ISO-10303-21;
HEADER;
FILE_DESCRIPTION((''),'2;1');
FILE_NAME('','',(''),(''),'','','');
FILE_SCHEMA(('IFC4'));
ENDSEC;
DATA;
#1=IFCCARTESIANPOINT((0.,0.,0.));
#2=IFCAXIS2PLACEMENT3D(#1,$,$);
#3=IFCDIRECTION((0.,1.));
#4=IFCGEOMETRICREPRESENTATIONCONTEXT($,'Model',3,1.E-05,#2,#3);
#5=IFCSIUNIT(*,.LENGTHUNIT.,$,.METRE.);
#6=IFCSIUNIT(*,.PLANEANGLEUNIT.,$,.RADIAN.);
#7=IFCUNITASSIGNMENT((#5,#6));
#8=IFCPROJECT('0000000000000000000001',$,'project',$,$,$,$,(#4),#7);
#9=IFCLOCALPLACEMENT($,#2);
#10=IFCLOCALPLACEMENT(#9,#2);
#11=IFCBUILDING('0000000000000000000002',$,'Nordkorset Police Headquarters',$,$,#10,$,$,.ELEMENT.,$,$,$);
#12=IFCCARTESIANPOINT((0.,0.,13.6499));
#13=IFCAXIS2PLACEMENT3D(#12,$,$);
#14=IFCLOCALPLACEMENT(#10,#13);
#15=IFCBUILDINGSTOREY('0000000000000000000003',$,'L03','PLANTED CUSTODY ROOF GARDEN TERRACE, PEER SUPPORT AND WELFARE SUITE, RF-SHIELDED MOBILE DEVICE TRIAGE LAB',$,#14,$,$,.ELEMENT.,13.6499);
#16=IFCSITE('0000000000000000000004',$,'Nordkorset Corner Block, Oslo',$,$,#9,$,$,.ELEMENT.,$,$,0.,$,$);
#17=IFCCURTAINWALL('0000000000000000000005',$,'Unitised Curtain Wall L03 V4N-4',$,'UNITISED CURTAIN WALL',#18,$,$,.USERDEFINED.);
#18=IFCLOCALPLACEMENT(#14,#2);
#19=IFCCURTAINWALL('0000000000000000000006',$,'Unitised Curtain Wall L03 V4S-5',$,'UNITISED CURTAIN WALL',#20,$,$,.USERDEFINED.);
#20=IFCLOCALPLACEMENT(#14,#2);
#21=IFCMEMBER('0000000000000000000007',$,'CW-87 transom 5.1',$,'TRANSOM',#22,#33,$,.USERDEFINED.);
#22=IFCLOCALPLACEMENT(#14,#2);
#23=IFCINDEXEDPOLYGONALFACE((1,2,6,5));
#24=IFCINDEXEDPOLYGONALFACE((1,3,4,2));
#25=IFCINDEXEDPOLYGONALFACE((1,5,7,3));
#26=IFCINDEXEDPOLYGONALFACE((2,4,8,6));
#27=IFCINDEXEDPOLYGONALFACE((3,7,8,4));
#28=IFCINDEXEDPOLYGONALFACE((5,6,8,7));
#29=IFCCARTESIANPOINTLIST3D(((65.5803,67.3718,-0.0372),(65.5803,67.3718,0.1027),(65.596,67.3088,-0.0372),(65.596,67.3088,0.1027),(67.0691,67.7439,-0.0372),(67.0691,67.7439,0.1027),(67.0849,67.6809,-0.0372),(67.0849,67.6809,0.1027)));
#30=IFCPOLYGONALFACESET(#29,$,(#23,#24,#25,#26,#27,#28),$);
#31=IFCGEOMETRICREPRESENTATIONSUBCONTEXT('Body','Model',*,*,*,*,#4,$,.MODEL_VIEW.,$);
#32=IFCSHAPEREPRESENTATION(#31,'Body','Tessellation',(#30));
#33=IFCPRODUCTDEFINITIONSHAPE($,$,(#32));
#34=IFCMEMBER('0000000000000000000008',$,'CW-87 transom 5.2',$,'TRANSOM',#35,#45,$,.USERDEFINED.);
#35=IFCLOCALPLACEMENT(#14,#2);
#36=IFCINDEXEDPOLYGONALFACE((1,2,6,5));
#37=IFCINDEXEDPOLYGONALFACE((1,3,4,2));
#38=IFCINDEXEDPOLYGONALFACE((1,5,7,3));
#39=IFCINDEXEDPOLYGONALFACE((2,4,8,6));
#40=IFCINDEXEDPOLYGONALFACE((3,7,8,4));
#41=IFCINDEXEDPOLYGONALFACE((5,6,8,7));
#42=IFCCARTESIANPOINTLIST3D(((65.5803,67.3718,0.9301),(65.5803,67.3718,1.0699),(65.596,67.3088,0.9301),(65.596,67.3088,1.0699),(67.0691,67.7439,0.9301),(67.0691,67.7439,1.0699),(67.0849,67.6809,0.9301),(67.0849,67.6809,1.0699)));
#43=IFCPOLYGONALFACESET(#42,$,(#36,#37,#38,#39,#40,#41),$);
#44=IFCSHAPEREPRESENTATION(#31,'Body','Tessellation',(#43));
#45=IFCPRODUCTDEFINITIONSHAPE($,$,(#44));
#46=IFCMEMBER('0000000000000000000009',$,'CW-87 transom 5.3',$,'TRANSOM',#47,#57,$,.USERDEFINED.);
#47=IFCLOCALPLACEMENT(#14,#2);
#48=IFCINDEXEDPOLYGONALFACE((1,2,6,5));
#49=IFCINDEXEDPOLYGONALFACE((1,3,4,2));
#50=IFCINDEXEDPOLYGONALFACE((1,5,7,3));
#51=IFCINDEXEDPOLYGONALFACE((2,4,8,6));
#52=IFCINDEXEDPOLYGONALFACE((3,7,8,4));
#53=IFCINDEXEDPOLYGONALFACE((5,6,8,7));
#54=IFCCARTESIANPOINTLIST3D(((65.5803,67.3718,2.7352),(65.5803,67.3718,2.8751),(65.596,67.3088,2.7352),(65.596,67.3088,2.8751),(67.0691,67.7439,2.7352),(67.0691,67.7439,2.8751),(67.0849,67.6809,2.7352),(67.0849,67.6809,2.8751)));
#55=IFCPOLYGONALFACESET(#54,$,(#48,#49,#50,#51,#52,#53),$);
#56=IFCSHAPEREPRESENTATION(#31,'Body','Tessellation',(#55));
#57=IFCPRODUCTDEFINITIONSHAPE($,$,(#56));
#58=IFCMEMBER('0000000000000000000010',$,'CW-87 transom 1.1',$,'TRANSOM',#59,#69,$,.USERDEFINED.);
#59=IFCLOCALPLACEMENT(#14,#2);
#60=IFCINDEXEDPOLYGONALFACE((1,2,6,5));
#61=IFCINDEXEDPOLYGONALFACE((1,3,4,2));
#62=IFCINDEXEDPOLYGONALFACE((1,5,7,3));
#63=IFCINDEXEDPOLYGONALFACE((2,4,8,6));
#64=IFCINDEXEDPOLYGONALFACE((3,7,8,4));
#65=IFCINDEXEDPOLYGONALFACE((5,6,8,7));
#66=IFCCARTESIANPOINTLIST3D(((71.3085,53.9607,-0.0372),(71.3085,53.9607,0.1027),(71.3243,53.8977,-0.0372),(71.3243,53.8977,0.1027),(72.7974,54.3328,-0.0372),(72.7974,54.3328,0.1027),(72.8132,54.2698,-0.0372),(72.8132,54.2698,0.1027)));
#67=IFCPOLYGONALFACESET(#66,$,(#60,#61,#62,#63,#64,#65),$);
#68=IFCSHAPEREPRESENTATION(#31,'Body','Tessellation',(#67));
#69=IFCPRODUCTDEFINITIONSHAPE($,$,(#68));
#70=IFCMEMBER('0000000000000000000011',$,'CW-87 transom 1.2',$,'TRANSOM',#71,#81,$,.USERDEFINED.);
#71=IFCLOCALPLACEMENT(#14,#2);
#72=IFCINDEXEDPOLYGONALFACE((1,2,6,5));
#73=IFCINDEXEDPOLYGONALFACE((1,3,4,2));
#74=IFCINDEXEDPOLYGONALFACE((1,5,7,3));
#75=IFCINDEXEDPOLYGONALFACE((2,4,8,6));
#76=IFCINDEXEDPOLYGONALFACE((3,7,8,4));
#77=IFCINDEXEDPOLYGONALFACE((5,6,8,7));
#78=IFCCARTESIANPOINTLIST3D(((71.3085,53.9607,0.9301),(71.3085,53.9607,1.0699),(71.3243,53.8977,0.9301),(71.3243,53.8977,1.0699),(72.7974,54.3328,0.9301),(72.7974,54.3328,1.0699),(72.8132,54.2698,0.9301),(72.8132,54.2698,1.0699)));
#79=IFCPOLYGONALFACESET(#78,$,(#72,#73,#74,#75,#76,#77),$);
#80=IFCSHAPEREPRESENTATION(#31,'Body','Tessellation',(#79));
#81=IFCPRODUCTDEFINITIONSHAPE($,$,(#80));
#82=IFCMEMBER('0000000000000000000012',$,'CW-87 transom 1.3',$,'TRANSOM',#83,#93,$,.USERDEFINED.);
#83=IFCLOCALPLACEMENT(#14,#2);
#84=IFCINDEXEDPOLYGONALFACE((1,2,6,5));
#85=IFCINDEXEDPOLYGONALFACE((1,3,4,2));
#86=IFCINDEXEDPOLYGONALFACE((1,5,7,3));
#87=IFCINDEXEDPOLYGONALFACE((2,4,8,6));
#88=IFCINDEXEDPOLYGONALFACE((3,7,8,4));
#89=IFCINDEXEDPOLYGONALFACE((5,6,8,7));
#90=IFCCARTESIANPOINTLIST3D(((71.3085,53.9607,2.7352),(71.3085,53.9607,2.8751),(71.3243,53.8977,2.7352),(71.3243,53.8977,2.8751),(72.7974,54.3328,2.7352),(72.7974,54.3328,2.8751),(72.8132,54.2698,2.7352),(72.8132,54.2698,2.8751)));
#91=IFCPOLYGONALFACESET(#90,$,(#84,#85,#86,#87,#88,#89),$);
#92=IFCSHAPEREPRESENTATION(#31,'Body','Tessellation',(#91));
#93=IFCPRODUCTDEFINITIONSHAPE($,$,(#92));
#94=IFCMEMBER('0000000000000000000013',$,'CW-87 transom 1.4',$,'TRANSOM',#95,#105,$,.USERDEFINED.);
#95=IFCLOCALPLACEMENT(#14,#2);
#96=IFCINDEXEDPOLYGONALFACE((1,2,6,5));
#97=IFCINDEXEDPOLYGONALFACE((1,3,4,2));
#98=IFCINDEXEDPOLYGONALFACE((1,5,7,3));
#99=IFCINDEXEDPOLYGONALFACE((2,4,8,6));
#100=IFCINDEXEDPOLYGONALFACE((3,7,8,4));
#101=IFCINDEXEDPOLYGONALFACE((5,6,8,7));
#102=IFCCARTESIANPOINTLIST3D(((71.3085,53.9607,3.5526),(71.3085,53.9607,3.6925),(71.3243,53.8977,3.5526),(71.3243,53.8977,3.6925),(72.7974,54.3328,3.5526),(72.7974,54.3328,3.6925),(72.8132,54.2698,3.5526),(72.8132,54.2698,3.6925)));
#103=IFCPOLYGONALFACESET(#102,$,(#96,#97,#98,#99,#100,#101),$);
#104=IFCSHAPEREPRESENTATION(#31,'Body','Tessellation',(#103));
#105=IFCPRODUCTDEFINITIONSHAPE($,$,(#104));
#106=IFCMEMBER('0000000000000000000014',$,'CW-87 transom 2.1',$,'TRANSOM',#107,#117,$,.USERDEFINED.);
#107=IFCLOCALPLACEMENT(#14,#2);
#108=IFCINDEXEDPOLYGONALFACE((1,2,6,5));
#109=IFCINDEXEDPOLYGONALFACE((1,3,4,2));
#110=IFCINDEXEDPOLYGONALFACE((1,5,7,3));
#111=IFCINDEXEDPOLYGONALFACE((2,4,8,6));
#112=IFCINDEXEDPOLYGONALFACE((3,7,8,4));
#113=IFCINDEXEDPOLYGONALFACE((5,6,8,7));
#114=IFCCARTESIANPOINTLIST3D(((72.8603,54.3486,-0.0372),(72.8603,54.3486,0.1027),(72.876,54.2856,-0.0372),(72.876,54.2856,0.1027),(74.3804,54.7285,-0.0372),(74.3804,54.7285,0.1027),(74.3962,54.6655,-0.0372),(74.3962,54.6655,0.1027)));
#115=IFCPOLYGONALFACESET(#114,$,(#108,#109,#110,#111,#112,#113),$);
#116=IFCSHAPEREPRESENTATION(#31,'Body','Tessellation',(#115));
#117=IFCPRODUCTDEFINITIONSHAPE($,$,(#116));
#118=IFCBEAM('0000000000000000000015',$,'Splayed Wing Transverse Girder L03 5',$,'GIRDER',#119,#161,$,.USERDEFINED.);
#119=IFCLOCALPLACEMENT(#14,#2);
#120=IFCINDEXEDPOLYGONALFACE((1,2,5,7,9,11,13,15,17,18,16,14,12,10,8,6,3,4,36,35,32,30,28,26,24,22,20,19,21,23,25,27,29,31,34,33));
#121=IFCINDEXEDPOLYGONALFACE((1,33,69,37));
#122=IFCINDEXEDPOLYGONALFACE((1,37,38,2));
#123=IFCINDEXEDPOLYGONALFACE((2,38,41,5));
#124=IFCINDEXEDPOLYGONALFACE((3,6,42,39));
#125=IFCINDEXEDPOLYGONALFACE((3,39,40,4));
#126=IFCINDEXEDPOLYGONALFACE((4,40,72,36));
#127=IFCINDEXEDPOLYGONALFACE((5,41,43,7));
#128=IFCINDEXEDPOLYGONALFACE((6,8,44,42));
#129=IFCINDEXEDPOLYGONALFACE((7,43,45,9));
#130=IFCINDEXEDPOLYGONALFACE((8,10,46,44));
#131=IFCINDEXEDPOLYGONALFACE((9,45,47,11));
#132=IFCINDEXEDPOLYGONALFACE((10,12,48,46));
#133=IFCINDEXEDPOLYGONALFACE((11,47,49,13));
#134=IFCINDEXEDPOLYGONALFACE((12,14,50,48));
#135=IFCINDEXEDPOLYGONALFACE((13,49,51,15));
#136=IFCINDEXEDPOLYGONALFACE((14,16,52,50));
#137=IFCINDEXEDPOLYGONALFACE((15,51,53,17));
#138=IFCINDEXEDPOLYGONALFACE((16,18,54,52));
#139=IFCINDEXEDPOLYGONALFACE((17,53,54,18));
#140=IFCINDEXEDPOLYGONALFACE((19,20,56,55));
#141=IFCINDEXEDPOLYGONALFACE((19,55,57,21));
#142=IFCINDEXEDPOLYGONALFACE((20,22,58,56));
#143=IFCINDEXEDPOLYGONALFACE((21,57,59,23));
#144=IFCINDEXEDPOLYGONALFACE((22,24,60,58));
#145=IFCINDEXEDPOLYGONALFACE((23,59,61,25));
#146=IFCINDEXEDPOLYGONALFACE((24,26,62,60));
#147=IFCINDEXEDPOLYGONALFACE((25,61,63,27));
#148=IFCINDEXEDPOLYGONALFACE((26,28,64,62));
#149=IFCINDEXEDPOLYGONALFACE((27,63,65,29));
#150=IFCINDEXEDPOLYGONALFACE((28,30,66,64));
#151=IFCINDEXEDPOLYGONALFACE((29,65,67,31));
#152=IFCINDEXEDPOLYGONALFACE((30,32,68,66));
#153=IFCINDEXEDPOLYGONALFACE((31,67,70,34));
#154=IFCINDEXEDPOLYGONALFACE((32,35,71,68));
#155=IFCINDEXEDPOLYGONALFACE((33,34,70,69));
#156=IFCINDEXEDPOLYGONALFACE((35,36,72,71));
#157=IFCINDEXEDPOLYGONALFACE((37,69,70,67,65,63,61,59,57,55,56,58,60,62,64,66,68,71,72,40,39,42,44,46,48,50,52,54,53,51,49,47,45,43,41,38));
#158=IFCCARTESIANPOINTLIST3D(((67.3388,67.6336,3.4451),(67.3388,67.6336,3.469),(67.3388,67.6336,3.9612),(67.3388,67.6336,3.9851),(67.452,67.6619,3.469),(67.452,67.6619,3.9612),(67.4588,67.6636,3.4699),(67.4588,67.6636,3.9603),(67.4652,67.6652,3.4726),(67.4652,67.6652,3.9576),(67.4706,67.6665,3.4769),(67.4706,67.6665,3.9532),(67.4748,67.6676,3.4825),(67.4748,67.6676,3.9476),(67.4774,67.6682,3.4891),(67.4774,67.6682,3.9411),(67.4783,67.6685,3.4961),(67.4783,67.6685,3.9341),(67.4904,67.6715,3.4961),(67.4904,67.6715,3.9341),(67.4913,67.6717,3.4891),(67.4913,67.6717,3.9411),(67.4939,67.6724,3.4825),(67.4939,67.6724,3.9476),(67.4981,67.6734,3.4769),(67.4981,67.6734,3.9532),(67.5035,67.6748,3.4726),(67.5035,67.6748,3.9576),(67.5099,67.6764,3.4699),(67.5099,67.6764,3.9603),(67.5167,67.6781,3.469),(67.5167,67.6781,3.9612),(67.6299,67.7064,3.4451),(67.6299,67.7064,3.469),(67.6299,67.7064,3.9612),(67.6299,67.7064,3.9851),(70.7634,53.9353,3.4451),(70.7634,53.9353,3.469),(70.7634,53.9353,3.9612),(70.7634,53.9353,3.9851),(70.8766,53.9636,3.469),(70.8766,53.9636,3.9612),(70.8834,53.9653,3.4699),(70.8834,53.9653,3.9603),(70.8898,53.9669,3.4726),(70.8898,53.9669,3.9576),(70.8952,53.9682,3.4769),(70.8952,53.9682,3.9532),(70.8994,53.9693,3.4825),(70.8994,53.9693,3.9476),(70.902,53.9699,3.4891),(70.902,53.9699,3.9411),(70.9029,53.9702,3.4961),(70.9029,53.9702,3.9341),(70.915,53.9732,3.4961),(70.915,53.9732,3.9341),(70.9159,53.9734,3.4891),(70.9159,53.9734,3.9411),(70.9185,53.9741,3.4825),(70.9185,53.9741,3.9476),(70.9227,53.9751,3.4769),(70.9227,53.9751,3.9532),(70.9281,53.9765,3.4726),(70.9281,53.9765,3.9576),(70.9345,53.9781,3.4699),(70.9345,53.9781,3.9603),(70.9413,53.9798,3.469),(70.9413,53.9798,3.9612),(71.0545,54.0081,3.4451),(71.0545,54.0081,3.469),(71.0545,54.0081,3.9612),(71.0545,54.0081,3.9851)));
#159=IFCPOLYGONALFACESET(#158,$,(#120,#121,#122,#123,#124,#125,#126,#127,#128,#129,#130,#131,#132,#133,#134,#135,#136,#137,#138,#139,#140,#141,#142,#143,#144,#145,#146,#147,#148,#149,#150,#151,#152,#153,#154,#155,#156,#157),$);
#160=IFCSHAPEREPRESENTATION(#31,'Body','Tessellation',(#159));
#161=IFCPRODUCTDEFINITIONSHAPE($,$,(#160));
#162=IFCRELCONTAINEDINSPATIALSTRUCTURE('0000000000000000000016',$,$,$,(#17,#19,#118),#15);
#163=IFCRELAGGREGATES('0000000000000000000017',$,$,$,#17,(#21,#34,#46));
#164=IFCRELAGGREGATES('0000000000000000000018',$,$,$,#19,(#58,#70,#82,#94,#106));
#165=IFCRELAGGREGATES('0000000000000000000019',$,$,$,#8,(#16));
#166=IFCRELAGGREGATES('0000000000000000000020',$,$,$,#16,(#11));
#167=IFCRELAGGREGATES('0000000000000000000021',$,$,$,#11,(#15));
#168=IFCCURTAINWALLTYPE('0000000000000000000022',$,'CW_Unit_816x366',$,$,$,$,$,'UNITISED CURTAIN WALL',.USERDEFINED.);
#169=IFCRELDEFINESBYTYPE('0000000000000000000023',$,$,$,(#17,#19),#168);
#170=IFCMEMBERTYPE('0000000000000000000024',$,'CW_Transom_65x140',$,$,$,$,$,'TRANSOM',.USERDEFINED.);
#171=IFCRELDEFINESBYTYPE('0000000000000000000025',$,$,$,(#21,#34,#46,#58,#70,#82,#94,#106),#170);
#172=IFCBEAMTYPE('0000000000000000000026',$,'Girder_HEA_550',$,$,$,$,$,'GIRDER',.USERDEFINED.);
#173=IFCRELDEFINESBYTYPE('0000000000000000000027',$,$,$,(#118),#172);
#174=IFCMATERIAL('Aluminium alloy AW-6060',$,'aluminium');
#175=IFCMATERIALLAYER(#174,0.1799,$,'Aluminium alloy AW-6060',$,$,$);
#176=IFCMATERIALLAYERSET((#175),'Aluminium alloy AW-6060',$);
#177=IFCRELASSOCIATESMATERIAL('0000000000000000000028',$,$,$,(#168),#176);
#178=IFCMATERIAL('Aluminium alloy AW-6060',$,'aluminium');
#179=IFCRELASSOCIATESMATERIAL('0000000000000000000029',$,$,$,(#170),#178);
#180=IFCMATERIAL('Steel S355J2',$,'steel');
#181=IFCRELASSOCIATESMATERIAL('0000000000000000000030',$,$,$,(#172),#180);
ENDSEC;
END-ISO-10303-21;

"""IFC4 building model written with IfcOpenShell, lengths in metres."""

from ifc_helpers import new_model, si_unit, direction, frame, origin, origin_2d, place, context, subcontext, project, spatial, rectangle, i_section, extrude, material, layer, layer_set, material_profile, profile_set, type_object, element, aggregate, save


model = new_model("IFC4")

# Units and contexts
model_context = context("Model", 3, precision=1e-05, world=origin(), true_north=direction((0.0, 1.0)))
body_context = subcontext(model_context, "Body", "Model", "MODEL_VIEW")
ifc_project = project(units=[si_unit("LENGTHUNIT", "METRE"), si_unit("PLANEANGLEUNIT", "RADIAN")], contexts=[model_context])

# Site, building, storey
site_placement = place(None, origin())
site = spatial("IfcSite", under=ifc_project, at=site_placement, Name="Nordkorset Corner Block, Oslo", CompositionType="ELEMENT", RefElevation=0.0)
building_placement = place(site_placement, origin())
building = spatial("IfcBuilding", under=site, at=building_placement, Name="Nordkorset Police Headquarters", CompositionType="ELEMENT")
storey_placement = place(building_placement, frame((0.0, 0.0, 13.6499)))
storey = spatial("IfcBuildingStorey", under=building, at=storey_placement, Name="L03", Description="PLANTED CUSTODY ROOF GARDEN TERRACE, PEER SUPPORT AND WELFARE SUITE, RF-SHIELDED MOBILE DEVICE TRIAGE LAB", CompositionType="ELEMENT", Elevation=13.6499)

# Curtain wall
ifc_material_1 = material(Name="Aluminium alloy AW-6060", Category="aluminium")
ifc_layer_1 = layer(ifc_material_1, 0.1799, Name="Aluminium alloy AW-6060")
ifc_layer_set_1 = layer_set([ifc_layer_1], Name="Aluminium alloy AW-6060")
curtain_wall_type = type_object("IfcCurtainWallType", Name="CW_Unit_816x366", ElementType="UNITISED CURTAIN WALL", PredefinedType="USERDEFINED", material=ifc_layer_set_1)
curtain_wall_1_placement = place(storey_placement, origin())
curtain_wall_1 = element("IfcCurtainWall", 1, at=curtain_wall_1_placement, inside=storey, type_object=curtain_wall_type, Name="Unitised Curtain Wall L03 V4N-4", ObjectType="UNITISED CURTAIN WALL", PredefinedType="USERDEFINED")

# Curtain wall
curtain_wall_2_placement = place(storey_placement, origin())
curtain_wall_2 = element("IfcCurtainWall", 2, at=curtain_wall_2_placement, inside=storey, type_object=curtain_wall_type, Name="Unitised Curtain Wall L03 V4S-5", ObjectType="UNITISED CURTAIN WALL", PredefinedType="USERDEFINED")

# Members
ifc_material_2 = material(Name="Aluminium alloy AW-6060", Category="aluminium")
ifc_material_profile_1 = material_profile(ifc_material_2, rectangle(XDim=0.0649, YDim=0.1399, at=origin_2d()), Name="ALU TRAN 65x140")
ifc_profile_set_1 = profile_set([ifc_material_profile_1], Name="Aluminium alloy AW-6060")
member_type_1 = type_object("IfcMemberType", Name="CW_Transom_65x140", ElementType="TRANSOM", PredefinedType="USERDEFINED", material=ifc_profile_set_1)
member_1_placement = place(storey_placement, frame((65.5881, 67.3403, 0.0327), z_axis=(0.970161, 0.242461, 0.0), x_axis=(-0.242461, 0.970161, 0.0)))
member_1 = element("IfcMember", 3, at=member_1_placement, type_object=member_type_1, Name="CW-87 transom 5.1", ObjectType="TRANSOM", PredefinedType="USERDEFINED", context=body_context, shape_type="SweptSolid", body=[
    extrude(rectangle(XDim=0.0649, YDim=0.1399, at=origin_2d()), origin(), (0.0, 0.0, 1.0), 1.5347),
])
member_2_placement = place(storey_placement, frame((65.5881, 67.3403, 1.0), z_axis=(0.970161, 0.242461, 0.0), x_axis=(-0.242461, 0.970161, 0.0)))
member_2 = element("IfcMember", 4, at=member_2_placement, type_object=member_type_1, Name="CW-87 transom 5.2", ObjectType="TRANSOM", PredefinedType="USERDEFINED", context=body_context, shape_type="SweptSolid", body=[
    extrude(rectangle(XDim=0.0649, YDim=0.1399, at=origin_2d()), origin(), (0.0, 0.0, 1.0), 1.5347),
])
member_3_placement = place(storey_placement, frame((65.5881, 67.3403, 2.8052), z_axis=(0.970161, 0.242461, 0.0), x_axis=(-0.242461, 0.970161, 0.0)))
member_3 = element("IfcMember", 5, at=member_3_placement, type_object=member_type_1, Name="CW-87 transom 5.3", ObjectType="TRANSOM", PredefinedType="USERDEFINED", context=body_context, shape_type="SweptSolid", body=[
    extrude(rectangle(XDim=0.0649, YDim=0.1399, at=origin_2d()), origin(), (0.0, 0.0, 1.0), 1.5347),
])
aggregate(curtain_wall_1, [member_1, member_2, member_3])
member_4_placement = place(storey_placement, frame((71.3164, 53.9292, 0.0327), z_axis=(0.970161, 0.242461, 0.0), x_axis=(-0.242461, 0.970161, 0.0)))
member_4 = element("IfcMember", 6, at=member_4_placement, type_object=member_type_1, Name="CW-87 transom 1.1", ObjectType="TRANSOM", PredefinedType="USERDEFINED", context=body_context, shape_type="SweptSolid", body=[
    extrude(rectangle(XDim=0.0649, YDim=0.1399, at=origin_2d()), origin(), (0.0, 0.0, 1.0), 1.5347),
])
member_5_placement = place(storey_placement, frame((71.3164, 53.9292, 1.0), z_axis=(0.970161, 0.242461, 0.0), x_axis=(-0.242461, 0.970161, 0.0)))
member_5 = element("IfcMember", 7, at=member_5_placement, type_object=member_type_1, Name="CW-87 transom 1.2", ObjectType="TRANSOM", PredefinedType="USERDEFINED", context=body_context, shape_type="SweptSolid", body=[
    extrude(rectangle(XDim=0.0649, YDim=0.1399, at=origin_2d()), origin(), (0.0, 0.0, 1.0), 1.5347),
])
member_6_placement = place(storey_placement, frame((71.3164, 53.9292, 2.8052), z_axis=(0.970161, 0.242461, 0.0), x_axis=(-0.242461, 0.970161, 0.0)))
member_6 = element("IfcMember", 8, at=member_6_placement, type_object=member_type_1, Name="CW-87 transom 1.3", ObjectType="TRANSOM", PredefinedType="USERDEFINED", context=body_context, shape_type="SweptSolid", body=[
    extrude(rectangle(XDim=0.0649, YDim=0.1399, at=origin_2d()), origin(), (0.0, 0.0, 1.0), 1.5347),
])
member_7_placement = place(storey_placement, frame((71.3164, 53.9292, 3.6226), z_axis=(0.970161, 0.242461, 0.0), x_axis=(-0.242461, 0.970161, 0.0)))
member_7 = element("IfcMember", 9, at=member_7_placement, type_object=member_type_1, Name="CW-87 transom 1.4", ObjectType="TRANSOM", PredefinedType="USERDEFINED", context=body_context, shape_type="SweptSolid", body=[
    extrude(rectangle(XDim=0.0649, YDim=0.1399, at=origin_2d()), origin(), (0.0, 0.0, 1.0), 1.5347),
])
member_8_placement = place(storey_placement, frame((72.8682, 54.3171, 0.0327), z_axis=(0.97017, 0.242426, 0.0), x_axis=(-0.242426, 0.97017, 0.0)))
member_8 = element("IfcMember", 10, at=member_8_placement, type_object=member_type_1, Name="CW-87 transom 2.1", ObjectType="TRANSOM", PredefinedType="USERDEFINED", context=body_context, shape_type="SweptSolid", body=[
    extrude(rectangle(XDim=0.0649, YDim=0.1399, at=origin_2d()), origin(), (0.0, 0.0, 1.0), 1.5669),
])

# Beam
ifc_material_3 = material(Name="Steel S355J2", Category="steel")
ifc_material_profile_2 = material_profile(ifc_material_3, i_section(OverallWidth=0.3, OverallDepth=0.54, WebThickness=0.0125, FlangeThickness=0.0239, FilletRadius=0.0271, at=origin_2d()), Name="HEA 550")
ifc_profile_set_2 = profile_set([ifc_material_profile_2], Name="Steel S355J2")
beam_type_1 = type_object("IfcBeamType", Name="Girder_HEA_550", ElementType="GIRDER", PredefinedType="USERDEFINED", material=ifc_profile_set_2)
beam_1_placement = place(storey_placement, frame((70.9089, 53.9717, 3.7151), z_axis=(-0.242536, 0.970143, 0.0), x_axis=(-0.970143, -0.242536, 0.0)))
element("IfcBeam", 11, at=beam_1_placement, inside=storey, type_object=beam_type_1, Name="Splayed Wing Transverse Girder L03 5", ObjectType="GIRDER", PredefinedType="USERDEFINED", context=body_context, shape_type="SweptSolid", body=[
    extrude(i_section(OverallWidth=0.3, OverallDepth=0.54, WebThickness=0.0125, FlangeThickness=0.0239, FilletRadius=0.0271, at=origin_2d()), origin(), (0.0, 0.0, 1.0), 14.1199),
])

aggregate(curtain_wall_2, [member_4, member_5, member_6, member_7, member_8])

save(model, "model.ifc")
